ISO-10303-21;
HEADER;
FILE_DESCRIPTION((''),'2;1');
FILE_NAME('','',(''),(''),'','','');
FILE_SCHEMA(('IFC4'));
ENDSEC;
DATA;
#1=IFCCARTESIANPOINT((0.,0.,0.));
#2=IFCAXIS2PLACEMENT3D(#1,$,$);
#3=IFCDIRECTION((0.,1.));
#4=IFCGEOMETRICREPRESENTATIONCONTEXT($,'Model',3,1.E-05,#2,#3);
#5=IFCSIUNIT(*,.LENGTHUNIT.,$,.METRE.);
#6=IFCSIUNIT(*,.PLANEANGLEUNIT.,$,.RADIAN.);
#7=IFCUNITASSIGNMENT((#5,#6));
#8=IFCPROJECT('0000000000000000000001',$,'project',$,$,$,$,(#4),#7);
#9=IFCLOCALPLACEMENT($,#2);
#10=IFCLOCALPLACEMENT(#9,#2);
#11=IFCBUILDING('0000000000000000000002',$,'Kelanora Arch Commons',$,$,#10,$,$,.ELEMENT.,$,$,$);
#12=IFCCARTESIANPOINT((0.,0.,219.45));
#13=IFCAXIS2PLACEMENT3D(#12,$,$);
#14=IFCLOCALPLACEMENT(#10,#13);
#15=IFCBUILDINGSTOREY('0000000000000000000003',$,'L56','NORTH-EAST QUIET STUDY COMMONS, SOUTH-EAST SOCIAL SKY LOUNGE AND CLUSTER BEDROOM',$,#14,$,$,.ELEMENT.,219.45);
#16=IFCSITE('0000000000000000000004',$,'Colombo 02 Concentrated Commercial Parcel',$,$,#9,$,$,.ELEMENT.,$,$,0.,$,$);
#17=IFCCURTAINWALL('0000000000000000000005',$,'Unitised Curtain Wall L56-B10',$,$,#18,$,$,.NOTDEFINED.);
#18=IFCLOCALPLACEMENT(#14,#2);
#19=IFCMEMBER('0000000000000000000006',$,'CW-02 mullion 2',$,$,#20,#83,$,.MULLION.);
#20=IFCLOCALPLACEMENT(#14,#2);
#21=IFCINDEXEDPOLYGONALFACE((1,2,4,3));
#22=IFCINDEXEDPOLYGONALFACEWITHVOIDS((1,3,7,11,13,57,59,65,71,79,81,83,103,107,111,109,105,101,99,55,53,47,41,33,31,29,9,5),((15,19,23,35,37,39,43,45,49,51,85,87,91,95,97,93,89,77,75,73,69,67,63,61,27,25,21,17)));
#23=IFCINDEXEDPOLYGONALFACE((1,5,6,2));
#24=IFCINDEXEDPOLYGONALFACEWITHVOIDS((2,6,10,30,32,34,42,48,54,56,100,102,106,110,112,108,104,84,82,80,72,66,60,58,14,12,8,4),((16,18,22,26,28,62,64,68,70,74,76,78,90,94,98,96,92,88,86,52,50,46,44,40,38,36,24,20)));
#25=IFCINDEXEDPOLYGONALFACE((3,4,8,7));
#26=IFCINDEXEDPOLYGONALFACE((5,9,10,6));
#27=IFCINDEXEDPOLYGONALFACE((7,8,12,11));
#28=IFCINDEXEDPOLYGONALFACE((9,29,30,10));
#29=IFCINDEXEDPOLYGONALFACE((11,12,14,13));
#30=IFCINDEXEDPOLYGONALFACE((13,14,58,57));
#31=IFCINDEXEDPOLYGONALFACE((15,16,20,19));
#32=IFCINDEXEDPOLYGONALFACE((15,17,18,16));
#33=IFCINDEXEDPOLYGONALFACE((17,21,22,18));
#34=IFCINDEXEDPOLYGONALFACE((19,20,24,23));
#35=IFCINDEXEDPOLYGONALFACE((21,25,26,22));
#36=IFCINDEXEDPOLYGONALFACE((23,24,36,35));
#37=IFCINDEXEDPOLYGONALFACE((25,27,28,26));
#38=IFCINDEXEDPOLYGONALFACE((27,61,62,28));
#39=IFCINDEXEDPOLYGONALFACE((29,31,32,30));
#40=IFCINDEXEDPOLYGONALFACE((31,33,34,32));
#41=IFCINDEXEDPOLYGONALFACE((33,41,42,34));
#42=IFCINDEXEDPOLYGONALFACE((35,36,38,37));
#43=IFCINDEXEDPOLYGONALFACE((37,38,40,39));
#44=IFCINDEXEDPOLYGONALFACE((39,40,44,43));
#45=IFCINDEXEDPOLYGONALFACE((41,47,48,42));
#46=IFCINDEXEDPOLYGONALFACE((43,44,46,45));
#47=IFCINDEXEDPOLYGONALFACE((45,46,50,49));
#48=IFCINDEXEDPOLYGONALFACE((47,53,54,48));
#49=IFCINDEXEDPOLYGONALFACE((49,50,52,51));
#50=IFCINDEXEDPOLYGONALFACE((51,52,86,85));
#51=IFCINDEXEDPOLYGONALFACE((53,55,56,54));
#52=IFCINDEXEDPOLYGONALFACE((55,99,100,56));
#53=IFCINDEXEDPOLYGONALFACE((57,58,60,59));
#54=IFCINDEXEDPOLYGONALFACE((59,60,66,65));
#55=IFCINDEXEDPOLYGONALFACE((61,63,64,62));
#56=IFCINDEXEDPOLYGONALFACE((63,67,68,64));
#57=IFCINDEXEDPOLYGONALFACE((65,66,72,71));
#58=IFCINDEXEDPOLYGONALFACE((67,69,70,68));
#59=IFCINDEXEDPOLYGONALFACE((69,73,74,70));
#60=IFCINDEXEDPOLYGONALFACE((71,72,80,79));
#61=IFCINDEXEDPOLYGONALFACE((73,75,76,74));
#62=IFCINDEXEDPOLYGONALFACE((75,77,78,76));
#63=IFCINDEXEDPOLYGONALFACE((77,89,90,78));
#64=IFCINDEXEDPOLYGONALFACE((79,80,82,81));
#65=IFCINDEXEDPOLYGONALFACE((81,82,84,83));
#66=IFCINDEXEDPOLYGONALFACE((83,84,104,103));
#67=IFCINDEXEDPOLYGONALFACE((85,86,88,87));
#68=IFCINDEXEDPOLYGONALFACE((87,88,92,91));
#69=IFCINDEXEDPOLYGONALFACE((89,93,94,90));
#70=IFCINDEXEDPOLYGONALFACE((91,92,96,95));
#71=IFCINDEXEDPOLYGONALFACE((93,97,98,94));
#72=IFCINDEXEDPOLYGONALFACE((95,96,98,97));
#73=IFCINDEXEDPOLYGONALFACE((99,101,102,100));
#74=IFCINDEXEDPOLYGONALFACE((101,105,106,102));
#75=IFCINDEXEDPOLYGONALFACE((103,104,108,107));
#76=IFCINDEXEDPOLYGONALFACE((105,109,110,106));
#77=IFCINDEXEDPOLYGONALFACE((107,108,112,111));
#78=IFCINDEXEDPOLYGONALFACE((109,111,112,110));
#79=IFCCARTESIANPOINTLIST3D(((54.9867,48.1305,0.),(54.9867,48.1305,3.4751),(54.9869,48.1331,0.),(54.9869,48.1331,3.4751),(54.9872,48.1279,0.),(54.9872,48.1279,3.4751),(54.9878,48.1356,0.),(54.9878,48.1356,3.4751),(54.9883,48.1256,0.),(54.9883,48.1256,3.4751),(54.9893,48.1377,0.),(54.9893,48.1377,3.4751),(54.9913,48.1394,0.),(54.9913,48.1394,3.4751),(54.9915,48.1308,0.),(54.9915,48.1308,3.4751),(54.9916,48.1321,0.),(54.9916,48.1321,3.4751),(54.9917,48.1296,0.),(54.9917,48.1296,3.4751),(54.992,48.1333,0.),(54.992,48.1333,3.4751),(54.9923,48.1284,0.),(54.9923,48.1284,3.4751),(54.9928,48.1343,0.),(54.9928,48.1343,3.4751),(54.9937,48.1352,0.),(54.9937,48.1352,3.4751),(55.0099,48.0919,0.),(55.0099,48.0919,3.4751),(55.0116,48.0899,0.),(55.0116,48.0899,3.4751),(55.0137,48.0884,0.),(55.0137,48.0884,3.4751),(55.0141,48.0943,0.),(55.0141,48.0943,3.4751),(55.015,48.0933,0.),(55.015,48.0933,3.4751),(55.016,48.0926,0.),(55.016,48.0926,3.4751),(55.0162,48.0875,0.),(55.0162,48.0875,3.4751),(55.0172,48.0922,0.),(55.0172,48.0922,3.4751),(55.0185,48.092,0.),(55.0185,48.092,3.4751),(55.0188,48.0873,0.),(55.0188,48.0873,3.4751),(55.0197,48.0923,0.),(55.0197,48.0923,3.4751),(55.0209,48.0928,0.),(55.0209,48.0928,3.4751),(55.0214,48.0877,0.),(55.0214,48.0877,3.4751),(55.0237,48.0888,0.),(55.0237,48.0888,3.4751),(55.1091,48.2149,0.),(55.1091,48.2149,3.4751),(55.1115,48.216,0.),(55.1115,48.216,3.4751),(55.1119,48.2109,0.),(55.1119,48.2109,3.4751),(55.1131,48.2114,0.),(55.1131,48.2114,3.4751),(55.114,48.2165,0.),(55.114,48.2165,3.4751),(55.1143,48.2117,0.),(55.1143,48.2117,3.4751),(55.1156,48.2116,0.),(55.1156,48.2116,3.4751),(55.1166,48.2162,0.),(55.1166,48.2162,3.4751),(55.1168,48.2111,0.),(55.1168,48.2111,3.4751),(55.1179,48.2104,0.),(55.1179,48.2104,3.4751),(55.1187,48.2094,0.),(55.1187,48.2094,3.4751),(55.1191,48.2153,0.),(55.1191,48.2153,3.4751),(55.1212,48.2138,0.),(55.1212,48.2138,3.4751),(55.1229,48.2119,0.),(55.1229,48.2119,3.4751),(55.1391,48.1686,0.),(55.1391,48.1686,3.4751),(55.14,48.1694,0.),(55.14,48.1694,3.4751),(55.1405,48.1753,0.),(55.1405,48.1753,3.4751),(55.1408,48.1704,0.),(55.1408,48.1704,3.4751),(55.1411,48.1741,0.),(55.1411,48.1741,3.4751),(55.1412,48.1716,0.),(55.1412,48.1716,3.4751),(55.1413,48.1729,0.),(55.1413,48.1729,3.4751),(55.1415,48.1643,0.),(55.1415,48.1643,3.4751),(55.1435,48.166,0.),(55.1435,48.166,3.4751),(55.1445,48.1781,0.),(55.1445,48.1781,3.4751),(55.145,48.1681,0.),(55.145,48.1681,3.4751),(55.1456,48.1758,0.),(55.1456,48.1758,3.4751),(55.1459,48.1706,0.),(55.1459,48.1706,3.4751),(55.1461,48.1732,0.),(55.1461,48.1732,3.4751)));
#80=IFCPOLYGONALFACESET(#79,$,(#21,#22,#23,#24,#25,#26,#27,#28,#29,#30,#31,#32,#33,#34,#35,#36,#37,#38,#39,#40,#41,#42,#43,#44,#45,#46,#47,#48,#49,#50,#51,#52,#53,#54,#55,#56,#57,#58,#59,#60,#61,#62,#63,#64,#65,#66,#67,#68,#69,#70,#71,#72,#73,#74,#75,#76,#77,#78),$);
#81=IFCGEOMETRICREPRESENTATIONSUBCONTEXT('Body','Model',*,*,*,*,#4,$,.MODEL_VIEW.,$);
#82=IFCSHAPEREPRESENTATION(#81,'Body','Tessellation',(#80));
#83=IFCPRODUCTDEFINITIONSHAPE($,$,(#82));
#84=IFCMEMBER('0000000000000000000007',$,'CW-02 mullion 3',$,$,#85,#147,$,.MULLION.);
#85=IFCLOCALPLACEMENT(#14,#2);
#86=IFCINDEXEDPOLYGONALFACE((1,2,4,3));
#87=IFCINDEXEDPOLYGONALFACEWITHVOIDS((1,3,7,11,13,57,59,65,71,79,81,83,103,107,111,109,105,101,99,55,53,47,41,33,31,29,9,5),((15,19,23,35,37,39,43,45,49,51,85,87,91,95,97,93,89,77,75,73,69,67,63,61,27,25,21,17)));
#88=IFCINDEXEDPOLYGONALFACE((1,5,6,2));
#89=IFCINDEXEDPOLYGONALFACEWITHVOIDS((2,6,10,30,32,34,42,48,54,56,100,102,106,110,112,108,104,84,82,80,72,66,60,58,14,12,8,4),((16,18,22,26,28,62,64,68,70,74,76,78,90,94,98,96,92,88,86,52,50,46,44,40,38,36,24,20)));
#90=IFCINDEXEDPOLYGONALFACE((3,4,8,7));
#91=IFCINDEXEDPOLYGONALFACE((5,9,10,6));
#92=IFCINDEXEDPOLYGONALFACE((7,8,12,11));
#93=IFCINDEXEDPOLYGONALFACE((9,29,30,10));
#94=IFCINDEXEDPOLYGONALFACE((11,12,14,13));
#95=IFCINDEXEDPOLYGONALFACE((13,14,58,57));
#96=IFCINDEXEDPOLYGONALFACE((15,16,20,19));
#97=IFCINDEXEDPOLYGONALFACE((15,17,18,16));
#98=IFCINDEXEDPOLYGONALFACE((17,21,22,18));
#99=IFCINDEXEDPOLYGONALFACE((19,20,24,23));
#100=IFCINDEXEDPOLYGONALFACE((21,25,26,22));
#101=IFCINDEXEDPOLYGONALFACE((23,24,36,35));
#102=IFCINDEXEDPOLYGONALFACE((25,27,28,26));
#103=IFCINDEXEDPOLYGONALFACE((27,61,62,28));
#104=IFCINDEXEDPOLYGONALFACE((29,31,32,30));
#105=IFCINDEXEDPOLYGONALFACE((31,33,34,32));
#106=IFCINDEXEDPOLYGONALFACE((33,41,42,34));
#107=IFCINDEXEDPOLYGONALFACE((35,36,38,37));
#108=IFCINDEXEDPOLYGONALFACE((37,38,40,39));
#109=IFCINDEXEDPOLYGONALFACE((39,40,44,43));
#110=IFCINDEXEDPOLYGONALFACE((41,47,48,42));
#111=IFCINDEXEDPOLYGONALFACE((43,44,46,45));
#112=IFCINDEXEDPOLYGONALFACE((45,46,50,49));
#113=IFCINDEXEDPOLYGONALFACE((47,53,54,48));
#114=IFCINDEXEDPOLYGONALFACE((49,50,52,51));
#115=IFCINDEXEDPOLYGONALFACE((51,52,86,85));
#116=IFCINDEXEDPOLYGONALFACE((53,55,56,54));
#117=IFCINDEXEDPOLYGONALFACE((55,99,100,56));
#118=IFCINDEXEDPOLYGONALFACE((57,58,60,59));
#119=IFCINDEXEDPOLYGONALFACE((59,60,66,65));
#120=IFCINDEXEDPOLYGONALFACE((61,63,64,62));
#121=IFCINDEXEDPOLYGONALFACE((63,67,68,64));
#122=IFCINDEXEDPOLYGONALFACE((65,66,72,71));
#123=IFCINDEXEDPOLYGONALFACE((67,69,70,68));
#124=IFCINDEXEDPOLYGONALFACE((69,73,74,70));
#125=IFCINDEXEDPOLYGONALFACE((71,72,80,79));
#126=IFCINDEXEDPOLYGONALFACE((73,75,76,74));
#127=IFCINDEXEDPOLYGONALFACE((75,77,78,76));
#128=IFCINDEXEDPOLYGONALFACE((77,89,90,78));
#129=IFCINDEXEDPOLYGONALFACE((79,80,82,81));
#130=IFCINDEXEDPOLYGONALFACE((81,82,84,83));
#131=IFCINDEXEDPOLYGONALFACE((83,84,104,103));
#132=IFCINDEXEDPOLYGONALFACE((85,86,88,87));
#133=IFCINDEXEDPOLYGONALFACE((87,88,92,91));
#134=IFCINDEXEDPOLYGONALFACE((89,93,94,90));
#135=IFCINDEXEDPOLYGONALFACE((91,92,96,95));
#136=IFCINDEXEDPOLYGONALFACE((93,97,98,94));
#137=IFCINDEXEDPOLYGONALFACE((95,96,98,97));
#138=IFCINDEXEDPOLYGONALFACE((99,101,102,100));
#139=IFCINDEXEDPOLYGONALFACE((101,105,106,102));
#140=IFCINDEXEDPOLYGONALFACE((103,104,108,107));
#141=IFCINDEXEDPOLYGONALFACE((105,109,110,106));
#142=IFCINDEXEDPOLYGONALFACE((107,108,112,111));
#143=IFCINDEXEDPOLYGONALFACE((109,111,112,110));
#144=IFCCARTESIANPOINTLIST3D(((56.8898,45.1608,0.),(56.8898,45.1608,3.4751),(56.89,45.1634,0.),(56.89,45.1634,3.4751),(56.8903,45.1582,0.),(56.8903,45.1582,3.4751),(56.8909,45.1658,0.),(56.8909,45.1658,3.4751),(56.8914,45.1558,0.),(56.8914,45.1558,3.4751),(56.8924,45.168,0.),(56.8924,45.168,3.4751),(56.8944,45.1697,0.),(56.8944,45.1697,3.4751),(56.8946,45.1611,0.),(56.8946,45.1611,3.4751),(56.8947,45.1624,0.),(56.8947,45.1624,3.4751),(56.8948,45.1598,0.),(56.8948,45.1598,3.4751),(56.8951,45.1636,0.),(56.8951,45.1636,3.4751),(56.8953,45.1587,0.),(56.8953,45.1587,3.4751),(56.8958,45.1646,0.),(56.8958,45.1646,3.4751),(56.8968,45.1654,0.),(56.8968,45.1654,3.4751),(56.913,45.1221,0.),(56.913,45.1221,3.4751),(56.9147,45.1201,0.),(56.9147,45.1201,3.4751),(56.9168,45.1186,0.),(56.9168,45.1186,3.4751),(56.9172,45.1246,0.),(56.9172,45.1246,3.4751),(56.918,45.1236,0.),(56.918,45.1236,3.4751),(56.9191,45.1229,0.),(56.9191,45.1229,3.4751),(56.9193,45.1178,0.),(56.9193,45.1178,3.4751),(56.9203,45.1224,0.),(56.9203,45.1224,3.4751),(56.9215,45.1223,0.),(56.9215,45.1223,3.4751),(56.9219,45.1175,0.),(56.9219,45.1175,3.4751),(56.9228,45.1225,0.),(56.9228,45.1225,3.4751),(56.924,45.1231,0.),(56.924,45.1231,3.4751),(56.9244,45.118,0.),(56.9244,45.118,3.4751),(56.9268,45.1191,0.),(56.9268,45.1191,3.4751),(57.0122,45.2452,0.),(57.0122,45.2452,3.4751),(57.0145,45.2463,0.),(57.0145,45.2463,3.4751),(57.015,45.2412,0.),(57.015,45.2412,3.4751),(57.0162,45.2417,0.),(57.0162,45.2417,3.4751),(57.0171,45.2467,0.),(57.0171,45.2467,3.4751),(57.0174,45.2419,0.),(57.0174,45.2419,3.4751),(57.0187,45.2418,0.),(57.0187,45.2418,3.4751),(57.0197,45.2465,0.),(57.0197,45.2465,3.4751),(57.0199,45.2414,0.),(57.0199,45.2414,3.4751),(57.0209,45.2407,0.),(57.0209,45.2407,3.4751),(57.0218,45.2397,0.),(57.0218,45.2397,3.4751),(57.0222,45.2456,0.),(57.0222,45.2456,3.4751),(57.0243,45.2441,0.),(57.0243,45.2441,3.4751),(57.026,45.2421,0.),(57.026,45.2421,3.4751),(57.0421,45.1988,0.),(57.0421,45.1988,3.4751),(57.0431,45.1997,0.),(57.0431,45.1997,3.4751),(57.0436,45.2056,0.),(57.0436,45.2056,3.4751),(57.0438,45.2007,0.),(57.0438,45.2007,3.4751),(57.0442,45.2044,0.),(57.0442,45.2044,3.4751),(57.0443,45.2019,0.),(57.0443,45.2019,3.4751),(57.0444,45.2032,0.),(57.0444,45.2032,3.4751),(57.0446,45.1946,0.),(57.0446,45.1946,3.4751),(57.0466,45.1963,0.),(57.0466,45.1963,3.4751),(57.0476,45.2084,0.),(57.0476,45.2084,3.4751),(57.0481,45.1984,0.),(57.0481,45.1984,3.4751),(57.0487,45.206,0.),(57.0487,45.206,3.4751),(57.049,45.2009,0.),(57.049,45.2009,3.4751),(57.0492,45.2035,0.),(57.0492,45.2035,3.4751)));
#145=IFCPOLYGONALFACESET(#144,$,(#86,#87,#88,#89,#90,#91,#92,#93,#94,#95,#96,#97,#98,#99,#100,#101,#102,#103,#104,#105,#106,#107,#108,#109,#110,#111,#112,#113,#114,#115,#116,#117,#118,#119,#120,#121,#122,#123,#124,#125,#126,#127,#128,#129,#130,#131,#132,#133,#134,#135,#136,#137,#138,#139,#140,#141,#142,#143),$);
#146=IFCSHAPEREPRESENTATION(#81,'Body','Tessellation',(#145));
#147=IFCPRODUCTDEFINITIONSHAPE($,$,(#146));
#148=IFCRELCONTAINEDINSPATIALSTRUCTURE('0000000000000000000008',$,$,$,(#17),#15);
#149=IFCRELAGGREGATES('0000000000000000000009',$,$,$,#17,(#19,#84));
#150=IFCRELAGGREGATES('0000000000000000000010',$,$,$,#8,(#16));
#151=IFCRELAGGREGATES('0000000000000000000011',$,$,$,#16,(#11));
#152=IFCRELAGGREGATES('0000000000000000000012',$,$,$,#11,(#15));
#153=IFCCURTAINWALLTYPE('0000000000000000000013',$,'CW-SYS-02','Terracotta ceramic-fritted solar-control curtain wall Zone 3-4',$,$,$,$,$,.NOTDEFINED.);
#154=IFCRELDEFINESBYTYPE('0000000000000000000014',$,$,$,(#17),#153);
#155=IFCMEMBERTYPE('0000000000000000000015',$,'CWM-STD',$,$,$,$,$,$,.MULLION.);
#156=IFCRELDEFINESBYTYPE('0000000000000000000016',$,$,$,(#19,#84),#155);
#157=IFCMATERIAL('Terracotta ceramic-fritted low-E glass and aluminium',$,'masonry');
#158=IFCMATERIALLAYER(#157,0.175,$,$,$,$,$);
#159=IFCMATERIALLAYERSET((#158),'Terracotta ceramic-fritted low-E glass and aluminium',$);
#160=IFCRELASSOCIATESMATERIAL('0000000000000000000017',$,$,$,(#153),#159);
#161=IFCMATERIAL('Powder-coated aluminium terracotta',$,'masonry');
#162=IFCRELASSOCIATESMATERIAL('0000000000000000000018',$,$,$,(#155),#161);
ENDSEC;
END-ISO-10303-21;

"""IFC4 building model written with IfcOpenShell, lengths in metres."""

from ifc_helpers import new_model, si_unit, direction, frame, origin, origin_2d, place, context, subcontext, project, spatial, hollow_rectangle, extrude, material, layer, layer_set, material_profile, profile_set, type_object, element, aggregate, save


model = new_model("IFC4")

# Units and contexts
model_context = context("Model", 3, precision=1e-05, world=origin(), true_north=direction((0.0, 1.0)))
body_context = subcontext(model_context, "Body", "Model", "MODEL_VIEW")
ifc_project = project(units=[si_unit("LENGTHUNIT", "METRE"), si_unit("PLANEANGLEUNIT", "RADIAN")], contexts=[model_context])

# Site, building, storey
site_placement = place(None, origin())
site = spatial("IfcSite", under=ifc_project, at=site_placement, Name="Colombo 02 Concentrated Commercial Parcel", CompositionType="ELEMENT", RefElevation=0.0)
building_placement = place(site_placement, origin())
building = spatial("IfcBuilding", under=site, at=building_placement, Name="Kelanora Arch Commons", CompositionType="ELEMENT")
storey_placement = place(building_placement, frame((0.0, 0.0, 219.45)))
storey = spatial("IfcBuildingStorey", under=building, at=storey_placement, Name="L56", Description="NORTH-EAST QUIET STUDY COMMONS, SOUTH-EAST SOCIAL SKY LOUNGE AND CLUSTER BEDROOM", CompositionType="ELEMENT", Elevation=219.45)

# Curtain wall, members
ifc_material_1 = material(Name="Terracotta ceramic-fritted low-E glass and aluminium", Category="masonry")
ifc_layer_1 = layer(ifc_material_1, 0.175)
ifc_layer_set_1 = layer_set([ifc_layer_1], Name="Terracotta ceramic-fritted low-E glass and aluminium")
curtain_wall_type = type_object("IfcCurtainWallType", Name="CW-SYS-02", Description="Terracotta ceramic-fritted solar-control curtain wall Zone 3-4", PredefinedType="NOTDEFINED", material=ifc_layer_set_1)
curtain_wall_placement = place(storey_placement, origin())
curtain_wall = element("IfcCurtainWall", 1, at=curtain_wall_placement, inside=storey, type_object=curtain_wall_type, Name="Unitised Curtain Wall L56-B10", PredefinedType="NOTDEFINED")
ifc_material_2 = material(Name="Powder-coated aluminium terracotta", Category="masonry")
ifc_material_profile_1 = material_profile(ifc_material_2, hollow_rectangle(XDim=0.1599, YDim=0.0601, WallThickness=0.0049, InnerFilletRadius=0.0049, OuterFilletRadius=0.01, at=origin_2d()), Name="CWM160x60")
ifc_profile_set_1 = profile_set([ifc_material_profile_1], Name="Powder-coated aluminium terracotta")
member_type_1 = type_object("IfcMemberType", Name="CWM-STD", PredefinedType="MULLION", material=ifc_profile_set_1)
member_1_placement = place(storey_placement, frame((55.0664, 48.1519, 0.0), z_axis=(0.0, 0.0, 1.0), x_axis=(0.841948, 0.539559, 0.0)))
member_1 = element("IfcMember", 2, at=member_1_placement, type_object=member_type_1, Name="CW-02 mullion 2", PredefinedType="MULLION", context=body_context, shape_type="SweptSolid", body=[
    extrude(hollow_rectangle(XDim=0.1599, YDim=0.0601, WallThickness=0.0049, InnerFilletRadius=0.0049, OuterFilletRadius=0.01, at=origin_2d()), origin(), (0.0, 0.0, 1.0), 3.4751),
])
member_2_placement = place(storey_placement, frame((56.9695, 45.1821, 0.0), z_axis=(0.0, 0.0, 1.0), x_axis=(0.841948, 0.539559, 0.0)))
member_2 = element("IfcMember", 3, at=member_2_placement, type_object=member_type_1, Name="CW-02 mullion 3", PredefinedType="MULLION", context=body_context, shape_type="SweptSolid", body=[
    extrude(hollow_rectangle(XDim=0.1599, YDim=0.0601, WallThickness=0.0049, InnerFilletRadius=0.0049, OuterFilletRadius=0.01, at=origin_2d()), origin(), (0.0, 0.0, 1.0), 3.4751),
])

aggregate(curtain_wall, [member_1, member_2])

save(model, "model.ifc")
